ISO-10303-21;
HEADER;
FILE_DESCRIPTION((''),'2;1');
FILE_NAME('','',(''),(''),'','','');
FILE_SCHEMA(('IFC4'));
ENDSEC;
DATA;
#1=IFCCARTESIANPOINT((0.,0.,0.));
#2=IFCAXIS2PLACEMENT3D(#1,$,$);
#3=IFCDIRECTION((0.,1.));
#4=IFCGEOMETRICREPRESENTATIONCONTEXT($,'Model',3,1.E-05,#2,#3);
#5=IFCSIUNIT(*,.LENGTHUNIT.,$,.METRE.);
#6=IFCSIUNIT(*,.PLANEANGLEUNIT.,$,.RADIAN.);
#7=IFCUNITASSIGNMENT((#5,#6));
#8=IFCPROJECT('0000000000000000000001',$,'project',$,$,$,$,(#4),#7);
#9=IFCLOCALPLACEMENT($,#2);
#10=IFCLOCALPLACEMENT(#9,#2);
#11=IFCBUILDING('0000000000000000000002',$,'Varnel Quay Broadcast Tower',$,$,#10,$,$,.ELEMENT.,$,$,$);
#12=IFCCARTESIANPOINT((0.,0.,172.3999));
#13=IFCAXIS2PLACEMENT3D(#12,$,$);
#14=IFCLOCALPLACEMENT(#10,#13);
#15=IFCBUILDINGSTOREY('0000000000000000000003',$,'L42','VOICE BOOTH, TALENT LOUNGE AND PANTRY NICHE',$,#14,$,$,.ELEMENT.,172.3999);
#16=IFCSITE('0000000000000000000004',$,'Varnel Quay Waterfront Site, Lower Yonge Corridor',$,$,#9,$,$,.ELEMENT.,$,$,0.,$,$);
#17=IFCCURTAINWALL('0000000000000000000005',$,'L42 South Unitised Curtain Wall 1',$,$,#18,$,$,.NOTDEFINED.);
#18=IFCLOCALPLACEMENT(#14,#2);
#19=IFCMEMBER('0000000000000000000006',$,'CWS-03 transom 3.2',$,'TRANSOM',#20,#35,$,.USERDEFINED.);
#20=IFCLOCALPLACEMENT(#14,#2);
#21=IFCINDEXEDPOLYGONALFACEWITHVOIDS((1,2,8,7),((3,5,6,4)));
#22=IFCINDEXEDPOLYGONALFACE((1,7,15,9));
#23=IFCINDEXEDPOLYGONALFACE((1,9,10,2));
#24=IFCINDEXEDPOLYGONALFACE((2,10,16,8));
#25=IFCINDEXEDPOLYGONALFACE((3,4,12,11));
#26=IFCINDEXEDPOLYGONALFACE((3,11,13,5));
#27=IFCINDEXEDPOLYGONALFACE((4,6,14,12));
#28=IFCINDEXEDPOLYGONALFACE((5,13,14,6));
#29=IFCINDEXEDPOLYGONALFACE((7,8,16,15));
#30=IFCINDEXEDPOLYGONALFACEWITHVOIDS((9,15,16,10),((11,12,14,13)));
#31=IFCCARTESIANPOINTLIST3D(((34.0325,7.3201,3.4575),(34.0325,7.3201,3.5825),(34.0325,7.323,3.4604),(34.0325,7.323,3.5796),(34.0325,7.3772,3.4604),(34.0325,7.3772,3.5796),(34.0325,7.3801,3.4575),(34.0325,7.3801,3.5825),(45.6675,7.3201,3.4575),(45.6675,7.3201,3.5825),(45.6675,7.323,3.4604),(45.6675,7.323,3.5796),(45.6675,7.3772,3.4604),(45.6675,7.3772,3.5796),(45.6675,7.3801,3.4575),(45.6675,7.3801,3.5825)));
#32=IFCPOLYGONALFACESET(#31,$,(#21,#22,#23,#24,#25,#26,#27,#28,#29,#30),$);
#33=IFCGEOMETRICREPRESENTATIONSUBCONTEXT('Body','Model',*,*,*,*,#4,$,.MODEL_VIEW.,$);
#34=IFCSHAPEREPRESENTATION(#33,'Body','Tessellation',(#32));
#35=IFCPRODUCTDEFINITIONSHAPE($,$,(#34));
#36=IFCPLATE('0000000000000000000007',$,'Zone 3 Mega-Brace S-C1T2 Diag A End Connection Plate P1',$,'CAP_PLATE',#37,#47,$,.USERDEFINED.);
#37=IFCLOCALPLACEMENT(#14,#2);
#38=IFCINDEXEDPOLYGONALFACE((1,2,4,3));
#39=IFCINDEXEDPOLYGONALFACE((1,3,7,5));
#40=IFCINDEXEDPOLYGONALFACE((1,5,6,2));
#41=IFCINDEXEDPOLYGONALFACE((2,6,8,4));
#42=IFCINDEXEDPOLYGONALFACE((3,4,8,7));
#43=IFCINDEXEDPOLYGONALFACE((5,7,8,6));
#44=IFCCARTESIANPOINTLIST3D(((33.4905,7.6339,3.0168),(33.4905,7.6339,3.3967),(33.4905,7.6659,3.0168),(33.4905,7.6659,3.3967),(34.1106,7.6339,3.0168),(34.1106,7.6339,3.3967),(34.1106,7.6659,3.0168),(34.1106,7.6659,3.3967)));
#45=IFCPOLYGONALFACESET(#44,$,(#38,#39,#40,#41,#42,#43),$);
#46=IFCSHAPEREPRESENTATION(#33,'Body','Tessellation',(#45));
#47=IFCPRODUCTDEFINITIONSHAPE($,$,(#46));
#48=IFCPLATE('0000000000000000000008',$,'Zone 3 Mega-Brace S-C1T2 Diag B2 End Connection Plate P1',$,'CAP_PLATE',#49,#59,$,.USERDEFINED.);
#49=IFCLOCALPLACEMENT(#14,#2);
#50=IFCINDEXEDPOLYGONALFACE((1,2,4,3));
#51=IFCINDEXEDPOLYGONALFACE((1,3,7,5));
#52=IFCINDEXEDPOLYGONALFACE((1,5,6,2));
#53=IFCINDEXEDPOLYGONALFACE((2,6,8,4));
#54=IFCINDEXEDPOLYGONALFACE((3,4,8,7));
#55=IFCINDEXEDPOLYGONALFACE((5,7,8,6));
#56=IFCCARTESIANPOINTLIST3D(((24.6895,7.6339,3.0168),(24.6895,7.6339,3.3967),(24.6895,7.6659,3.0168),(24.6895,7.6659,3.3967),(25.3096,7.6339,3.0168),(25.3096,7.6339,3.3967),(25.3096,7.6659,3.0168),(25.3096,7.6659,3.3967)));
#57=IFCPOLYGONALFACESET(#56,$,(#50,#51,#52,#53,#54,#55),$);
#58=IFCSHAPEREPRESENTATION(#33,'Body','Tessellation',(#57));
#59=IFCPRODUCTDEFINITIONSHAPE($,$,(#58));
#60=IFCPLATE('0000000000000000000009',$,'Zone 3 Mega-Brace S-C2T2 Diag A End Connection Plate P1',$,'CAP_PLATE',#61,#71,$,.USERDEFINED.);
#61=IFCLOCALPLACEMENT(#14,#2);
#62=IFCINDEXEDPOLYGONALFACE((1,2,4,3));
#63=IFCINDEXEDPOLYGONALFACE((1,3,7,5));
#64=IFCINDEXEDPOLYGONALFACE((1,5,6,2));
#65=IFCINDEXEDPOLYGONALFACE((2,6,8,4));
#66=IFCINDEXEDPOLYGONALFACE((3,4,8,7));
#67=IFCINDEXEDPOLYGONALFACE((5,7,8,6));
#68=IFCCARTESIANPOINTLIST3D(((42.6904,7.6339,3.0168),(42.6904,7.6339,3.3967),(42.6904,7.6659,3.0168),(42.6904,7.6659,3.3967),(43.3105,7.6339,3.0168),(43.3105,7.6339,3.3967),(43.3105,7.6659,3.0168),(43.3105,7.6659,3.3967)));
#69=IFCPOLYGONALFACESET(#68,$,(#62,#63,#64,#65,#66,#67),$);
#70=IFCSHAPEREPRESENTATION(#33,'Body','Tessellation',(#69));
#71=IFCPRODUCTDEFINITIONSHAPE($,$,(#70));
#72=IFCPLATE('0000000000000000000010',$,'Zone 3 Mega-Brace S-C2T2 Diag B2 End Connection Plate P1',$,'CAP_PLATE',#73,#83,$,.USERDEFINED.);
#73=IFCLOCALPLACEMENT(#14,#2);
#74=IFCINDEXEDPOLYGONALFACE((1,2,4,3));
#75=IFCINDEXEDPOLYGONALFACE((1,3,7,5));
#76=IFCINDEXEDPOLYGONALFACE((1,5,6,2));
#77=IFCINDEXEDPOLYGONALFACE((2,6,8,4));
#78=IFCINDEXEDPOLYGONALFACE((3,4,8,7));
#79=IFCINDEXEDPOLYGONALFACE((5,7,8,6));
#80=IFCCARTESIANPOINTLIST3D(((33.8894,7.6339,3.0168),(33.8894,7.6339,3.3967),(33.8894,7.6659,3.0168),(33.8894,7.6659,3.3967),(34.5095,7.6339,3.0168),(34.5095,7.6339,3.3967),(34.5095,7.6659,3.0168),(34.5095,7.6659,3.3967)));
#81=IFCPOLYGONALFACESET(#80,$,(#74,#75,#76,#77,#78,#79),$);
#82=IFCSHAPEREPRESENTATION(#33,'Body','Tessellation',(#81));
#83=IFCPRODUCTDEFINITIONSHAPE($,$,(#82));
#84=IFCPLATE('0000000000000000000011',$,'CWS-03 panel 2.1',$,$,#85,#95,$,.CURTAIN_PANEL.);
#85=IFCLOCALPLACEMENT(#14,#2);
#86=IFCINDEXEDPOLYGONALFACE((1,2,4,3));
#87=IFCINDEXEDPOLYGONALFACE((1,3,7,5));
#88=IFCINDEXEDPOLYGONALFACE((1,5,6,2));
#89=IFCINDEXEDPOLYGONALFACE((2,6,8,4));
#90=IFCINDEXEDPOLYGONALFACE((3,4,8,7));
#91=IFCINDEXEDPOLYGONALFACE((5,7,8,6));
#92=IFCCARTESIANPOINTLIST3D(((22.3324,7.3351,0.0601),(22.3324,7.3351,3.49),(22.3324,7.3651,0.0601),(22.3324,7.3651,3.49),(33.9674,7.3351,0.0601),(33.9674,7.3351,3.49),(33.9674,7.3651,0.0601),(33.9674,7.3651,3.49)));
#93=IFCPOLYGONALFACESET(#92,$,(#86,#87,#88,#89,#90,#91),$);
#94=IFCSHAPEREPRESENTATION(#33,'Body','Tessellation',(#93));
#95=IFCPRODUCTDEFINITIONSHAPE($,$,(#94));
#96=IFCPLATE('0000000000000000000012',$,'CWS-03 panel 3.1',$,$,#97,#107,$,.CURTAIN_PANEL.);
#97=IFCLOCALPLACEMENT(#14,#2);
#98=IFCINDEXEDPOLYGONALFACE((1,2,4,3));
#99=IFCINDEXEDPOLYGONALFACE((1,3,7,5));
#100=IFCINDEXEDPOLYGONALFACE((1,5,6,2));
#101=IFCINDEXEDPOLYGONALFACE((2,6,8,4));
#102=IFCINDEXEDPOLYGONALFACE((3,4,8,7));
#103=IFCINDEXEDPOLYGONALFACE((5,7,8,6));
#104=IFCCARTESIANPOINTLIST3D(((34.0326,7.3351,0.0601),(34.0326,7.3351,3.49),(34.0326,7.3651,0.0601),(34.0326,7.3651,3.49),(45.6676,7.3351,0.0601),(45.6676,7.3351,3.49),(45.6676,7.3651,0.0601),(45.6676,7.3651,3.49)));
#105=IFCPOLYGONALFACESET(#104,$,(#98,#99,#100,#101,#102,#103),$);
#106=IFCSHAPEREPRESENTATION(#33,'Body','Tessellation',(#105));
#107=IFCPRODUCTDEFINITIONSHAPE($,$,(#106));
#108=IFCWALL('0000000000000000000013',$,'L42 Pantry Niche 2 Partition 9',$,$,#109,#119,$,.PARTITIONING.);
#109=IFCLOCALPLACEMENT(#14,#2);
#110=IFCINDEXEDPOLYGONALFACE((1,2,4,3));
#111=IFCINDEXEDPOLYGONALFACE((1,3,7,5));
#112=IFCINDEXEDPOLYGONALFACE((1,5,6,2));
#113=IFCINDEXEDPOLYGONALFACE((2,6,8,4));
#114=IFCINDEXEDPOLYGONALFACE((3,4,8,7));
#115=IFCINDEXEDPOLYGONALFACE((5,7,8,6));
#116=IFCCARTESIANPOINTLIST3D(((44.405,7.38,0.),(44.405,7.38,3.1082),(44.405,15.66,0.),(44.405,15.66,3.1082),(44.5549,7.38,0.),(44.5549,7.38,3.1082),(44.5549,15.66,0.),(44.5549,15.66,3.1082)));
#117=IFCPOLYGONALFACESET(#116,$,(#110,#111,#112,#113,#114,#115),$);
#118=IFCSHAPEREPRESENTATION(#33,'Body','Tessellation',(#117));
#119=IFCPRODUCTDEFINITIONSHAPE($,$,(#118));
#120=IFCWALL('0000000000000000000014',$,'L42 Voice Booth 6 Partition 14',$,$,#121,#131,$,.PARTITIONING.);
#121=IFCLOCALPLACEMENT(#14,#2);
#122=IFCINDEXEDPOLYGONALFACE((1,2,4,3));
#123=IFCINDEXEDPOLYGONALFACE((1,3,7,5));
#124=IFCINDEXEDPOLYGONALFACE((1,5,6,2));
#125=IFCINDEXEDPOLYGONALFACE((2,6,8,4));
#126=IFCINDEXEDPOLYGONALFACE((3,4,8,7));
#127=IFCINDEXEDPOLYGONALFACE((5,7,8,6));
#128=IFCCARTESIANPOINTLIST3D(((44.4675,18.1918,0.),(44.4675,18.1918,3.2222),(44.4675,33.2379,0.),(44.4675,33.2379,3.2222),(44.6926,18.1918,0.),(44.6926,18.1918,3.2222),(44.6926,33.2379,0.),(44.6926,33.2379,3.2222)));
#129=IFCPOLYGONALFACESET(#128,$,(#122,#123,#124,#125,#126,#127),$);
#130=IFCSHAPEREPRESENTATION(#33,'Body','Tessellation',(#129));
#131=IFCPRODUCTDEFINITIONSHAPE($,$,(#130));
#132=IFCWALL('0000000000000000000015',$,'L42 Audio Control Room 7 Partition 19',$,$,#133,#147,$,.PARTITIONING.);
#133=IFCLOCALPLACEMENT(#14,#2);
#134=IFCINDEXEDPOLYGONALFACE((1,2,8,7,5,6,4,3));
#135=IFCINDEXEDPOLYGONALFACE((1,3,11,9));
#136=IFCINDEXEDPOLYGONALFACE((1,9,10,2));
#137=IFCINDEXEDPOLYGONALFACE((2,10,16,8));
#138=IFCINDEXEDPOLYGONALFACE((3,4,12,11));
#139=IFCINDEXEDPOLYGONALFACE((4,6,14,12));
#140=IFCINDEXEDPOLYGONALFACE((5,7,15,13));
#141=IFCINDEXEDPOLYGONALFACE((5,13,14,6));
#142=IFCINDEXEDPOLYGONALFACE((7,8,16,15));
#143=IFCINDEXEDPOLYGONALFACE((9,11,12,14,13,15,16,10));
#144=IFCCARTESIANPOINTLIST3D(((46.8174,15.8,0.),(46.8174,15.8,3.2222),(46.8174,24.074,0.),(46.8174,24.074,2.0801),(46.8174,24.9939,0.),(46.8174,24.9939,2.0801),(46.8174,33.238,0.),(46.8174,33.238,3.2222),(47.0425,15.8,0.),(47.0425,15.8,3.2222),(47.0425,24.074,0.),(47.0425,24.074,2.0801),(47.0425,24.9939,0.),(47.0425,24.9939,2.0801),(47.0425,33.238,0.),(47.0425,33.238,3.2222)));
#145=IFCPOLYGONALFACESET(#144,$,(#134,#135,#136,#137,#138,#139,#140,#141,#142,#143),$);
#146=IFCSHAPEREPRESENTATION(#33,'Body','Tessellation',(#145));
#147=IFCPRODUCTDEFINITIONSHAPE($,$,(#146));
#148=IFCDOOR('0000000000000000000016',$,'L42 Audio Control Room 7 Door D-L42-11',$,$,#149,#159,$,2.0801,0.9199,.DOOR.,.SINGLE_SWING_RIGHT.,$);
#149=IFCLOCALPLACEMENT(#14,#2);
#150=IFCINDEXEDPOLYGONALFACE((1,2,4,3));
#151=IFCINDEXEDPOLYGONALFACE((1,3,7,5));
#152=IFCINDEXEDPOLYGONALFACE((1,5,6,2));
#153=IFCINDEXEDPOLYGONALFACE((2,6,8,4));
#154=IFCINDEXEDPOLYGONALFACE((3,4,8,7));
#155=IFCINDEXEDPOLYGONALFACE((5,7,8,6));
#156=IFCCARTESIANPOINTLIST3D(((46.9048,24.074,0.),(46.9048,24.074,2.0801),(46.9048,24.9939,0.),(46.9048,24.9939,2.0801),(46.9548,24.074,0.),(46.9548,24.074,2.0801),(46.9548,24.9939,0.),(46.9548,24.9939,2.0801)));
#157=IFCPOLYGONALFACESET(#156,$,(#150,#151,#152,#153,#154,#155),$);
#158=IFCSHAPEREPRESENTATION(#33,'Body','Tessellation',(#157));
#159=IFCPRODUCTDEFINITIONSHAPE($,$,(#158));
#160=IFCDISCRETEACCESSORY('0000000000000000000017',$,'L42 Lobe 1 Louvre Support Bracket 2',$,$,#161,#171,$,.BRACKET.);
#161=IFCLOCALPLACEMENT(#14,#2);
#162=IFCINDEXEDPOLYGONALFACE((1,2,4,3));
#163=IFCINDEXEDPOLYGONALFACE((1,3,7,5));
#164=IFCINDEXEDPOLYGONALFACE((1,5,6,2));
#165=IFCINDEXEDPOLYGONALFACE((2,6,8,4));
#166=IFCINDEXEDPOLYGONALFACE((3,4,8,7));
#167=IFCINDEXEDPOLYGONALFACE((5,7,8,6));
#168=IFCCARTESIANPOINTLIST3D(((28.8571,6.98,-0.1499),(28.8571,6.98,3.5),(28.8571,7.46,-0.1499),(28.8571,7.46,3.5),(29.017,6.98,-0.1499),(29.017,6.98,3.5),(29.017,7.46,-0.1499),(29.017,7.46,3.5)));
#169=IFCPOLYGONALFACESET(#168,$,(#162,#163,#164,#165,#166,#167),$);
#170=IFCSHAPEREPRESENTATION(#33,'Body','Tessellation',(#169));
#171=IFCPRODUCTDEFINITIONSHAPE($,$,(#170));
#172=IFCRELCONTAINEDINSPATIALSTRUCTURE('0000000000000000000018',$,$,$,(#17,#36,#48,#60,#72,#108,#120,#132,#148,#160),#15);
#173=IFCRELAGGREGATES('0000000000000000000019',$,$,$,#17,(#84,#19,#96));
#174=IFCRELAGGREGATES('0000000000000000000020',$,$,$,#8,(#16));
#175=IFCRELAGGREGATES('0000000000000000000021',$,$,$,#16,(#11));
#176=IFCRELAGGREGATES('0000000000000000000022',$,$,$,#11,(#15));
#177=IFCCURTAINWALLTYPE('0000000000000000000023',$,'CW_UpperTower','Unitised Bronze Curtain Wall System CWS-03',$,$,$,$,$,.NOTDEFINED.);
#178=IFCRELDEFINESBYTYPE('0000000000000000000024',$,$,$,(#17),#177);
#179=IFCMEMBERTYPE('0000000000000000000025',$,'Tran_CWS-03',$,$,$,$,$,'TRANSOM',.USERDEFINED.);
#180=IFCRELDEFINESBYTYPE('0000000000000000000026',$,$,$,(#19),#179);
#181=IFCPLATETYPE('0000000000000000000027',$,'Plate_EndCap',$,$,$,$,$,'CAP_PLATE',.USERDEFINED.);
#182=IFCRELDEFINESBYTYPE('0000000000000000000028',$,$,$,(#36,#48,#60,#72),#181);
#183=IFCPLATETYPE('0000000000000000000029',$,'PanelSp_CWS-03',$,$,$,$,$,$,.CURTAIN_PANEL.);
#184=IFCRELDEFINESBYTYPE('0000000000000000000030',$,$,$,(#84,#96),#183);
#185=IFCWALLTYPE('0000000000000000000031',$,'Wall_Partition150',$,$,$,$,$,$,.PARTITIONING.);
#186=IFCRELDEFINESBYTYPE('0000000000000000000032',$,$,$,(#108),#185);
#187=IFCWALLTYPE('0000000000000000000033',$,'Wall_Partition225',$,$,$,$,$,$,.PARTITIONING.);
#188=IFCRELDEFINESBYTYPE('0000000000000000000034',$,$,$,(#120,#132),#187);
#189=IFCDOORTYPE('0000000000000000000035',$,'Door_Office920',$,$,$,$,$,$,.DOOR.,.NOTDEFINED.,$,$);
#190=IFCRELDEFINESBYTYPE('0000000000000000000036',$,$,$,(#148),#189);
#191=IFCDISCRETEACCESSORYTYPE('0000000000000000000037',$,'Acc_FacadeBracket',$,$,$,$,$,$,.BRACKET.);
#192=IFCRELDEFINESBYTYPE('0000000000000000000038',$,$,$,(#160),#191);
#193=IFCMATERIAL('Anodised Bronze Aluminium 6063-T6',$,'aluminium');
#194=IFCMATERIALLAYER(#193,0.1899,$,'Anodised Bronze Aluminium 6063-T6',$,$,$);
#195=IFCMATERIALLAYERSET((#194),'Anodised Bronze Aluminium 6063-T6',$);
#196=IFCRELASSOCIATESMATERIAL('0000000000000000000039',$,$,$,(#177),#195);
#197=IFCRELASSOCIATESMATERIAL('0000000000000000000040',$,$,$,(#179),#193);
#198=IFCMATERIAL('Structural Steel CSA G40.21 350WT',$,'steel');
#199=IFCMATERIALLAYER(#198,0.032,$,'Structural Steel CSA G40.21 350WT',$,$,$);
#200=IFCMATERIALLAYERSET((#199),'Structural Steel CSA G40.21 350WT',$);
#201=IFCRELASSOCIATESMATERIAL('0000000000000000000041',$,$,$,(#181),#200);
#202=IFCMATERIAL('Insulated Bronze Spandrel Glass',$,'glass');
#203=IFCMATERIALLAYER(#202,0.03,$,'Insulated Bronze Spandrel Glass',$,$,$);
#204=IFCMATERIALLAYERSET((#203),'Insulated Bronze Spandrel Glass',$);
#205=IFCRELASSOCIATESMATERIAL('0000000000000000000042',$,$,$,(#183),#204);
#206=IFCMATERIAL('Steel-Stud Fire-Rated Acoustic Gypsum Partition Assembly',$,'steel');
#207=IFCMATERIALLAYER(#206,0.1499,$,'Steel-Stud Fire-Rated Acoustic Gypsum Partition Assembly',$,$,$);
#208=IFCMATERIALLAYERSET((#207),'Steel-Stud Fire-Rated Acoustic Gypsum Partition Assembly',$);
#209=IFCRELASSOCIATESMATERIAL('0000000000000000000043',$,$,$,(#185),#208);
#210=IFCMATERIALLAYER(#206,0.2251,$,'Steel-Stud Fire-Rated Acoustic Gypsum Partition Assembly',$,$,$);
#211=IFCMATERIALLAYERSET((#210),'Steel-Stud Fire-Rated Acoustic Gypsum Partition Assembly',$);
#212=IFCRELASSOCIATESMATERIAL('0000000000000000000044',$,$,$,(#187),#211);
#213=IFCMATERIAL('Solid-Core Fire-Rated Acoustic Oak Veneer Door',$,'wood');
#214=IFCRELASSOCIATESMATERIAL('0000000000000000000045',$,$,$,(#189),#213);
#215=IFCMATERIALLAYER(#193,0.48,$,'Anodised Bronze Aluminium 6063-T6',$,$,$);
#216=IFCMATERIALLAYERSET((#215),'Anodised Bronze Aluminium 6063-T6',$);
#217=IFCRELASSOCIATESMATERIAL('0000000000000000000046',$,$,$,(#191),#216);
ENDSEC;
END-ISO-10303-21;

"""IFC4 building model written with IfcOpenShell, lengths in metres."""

from ifc_helpers import new_model, si_unit, direction, frame, frame_2d, origin, origin_2d, place, context, subcontext, project, spatial, rectangle, hollow_rectangle, extrude, source, transform, mapped, material, layer, layer_set, material_profile, profile_set, type_object, type_shapes, element, fill, aggregate, save


model = new_model("IFC4")

# Units and contexts
model_context = context("Model", 3, precision=1e-05, world=origin(), true_north=direction((0.0, 1.0)))
body_context = subcontext(model_context, "Body", "Model", "MODEL_VIEW")
ifc_project = project(units=[si_unit("LENGTHUNIT", "METRE"), si_unit("PLANEANGLEUNIT", "RADIAN")], contexts=[model_context])

# Site, building, storey
site_placement = place(None, origin())
site = spatial("IfcSite", under=ifc_project, at=site_placement, Name="Varnel Quay Waterfront Site, Lower Yonge Corridor", CompositionType="ELEMENT", RefElevation=0.0)
building_placement = place(site_placement, origin())
building = spatial("IfcBuilding", under=site, at=building_placement, Name="Varnel Quay Broadcast Tower", CompositionType="ELEMENT")
storey_placement = place(building_placement, frame((0.0, 0.0, 172.3999)))
storey = spatial("IfcBuildingStorey", under=building, at=storey_placement, Name="L42", Description="VOICE BOOTH, TALENT LOUNGE AND PANTRY NICHE", CompositionType="ELEMENT", Elevation=172.3999)

# Curtain wall, member
ifc_material_1 = material(Name="Anodised Bronze Aluminium 6063-T6", Category="aluminium")
ifc_layer_1 = layer(ifc_material_1, 0.1899, Name="Anodised Bronze Aluminium 6063-T6")
ifc_layer_set_1 = layer_set([ifc_layer_1], Name="Anodised Bronze Aluminium 6063-T6")
curtain_wall_type = type_object("IfcCurtainWallType", Name="CW_UpperTower", Description="Unitised Bronze Curtain Wall System CWS-03", PredefinedType="NOTDEFINED", material=ifc_layer_set_1)
curtain_wall_placement = place(storey_placement, origin())
curtain_wall = element("IfcCurtainWall", 1, at=curtain_wall_placement, inside=storey, type_object=curtain_wall_type, Name="L42 South Unitised Curtain Wall 1", PredefinedType="NOTDEFINED")
ifc_material_profile_1 = material_profile(ifc_material_1, hollow_rectangle(XDim=0.0601, YDim=0.125, WallThickness=0.0029, at=origin_2d()), Name="ALU60X125X3")
ifc_profile_set_1 = profile_set([ifc_material_profile_1], Name="Anodised Bronze Aluminium 6063-T6")
member_type_1 = type_object("IfcMemberType", Name="Tran_CWS-03", ElementType="TRANSOM", PredefinedType="USERDEFINED", material=ifc_profile_set_1)
shared_shape_1 = source(origin(), body_context, "Body", "SweptSolid", [
    extrude(hollow_rectangle(XDim=0.0601, YDim=0.125, WallThickness=0.0029, at=origin_2d()), origin(), (0.0, 0.0, 1.0), 11.635),
])
member_1_placement = place(storey_placement, frame((34.0325, 7.3501, 3.52), z_axis=(1.0, 0.0, 0.0), x_axis=(0.0, 1.0, 0.0)))
member_1 = element("IfcMember", 2, at=member_1_placement, type_object=member_type_1, Name="CWS-03 transom 3.2", ObjectType="TRANSOM", PredefinedType="USERDEFINED", context=body_context, shape_type="MappedRepresentation", body=[
    mapped(shared_shape_1, transform((0.0, 0.0, 0.0), x_axis=(1.0, 0.0, 0.0), y_axis=(0.0, 1.0, 0.0), z_axis=(0.0, 0.0, 1.0), scale=1.0)),
])

# Plates
ifc_material_2 = material(Name="Structural Steel CSA G40.21 350WT", Category="steel")
ifc_layer_2 = layer(ifc_material_2, 0.032, Name="Structural Steel CSA G40.21 350WT")
ifc_layer_set_2 = layer_set([ifc_layer_2], Name="Structural Steel CSA G40.21 350WT")
plate_type_1 = type_object("IfcPlateType", Name="Plate_EndCap", ElementType="CAP_PLATE", PredefinedType="USERDEFINED", material=ifc_layer_set_2)
shared_shape_2 = source(origin(), body_context, "Body", "SweptSolid", [
    extrude(rectangle(XDim=0.6201, YDim=0.032, at=origin_2d()), origin(), (0.0, 0.0, 1.0), 0.3799),
])
type_shapes(plate_type_1, [shared_shape_2])
for number, where, z_axis, x_axis, name in (
    (3, (33.8005, 7.6499, 3.0168), (0.0, 0.0, 1.0), (1.0, 0.0, 0.0), "Zone 3 Mega-Brace S-C1T2 Diag A End Connection Plate P1"),
    (4, (24.9995, 7.6499, 3.0168), (0.0, 0.0, 1.0), (1.0, 0.0, 0.0), "Zone 3 Mega-Brace S-C1T2 Diag B2 End Connection Plate P1"),
    (5, (43.0005, 7.6499, 3.0168), (0.0, 0.0, 1.0), (1.0, 0.0, 0.0), "Zone 3 Mega-Brace S-C2T2 Diag A End Connection Plate P1"),
    (6, (34.1995, 7.6499, 3.0168), (0.0, 0.0, 1.0), (1.0, 0.0, 0.0), "Zone 3 Mega-Brace S-C2T2 Diag B2 End Connection Plate P1"),
):
    element("IfcPlate", number, at=place(storey_placement, frame(where, z_axis=z_axis, x_axis=x_axis)), inside=storey, type_object=plate_type_1, Name=name, ObjectType="CAP_PLATE", PredefinedType="USERDEFINED", context=body_context, shape_type="MappedRepresentation", body=[
        mapped(shared_shape_2, transform((0.0, 0.0, 0.0), x_axis=(1.0, 0.0, 0.0), y_axis=(0.0, 1.0, 0.0), z_axis=(0.0, 0.0, 1.0), scale=1.0)),
    ])

# Plates
ifc_material_3 = material(Name="Insulated Bronze Spandrel Glass", Category="glass")
ifc_layer_3 = layer(ifc_material_3, 0.03, Name="Insulated Bronze Spandrel Glass")
ifc_layer_set_3 = layer_set([ifc_layer_3], Name="Insulated Bronze Spandrel Glass")
plate_type_2 = type_object("IfcPlateType", Name="PanelSp_CWS-03", PredefinedType="CURTAIN_PANEL", material=ifc_layer_set_3)
shared_shape_3 = source(origin(), body_context, "Body", "SweptSolid", [
    extrude(rectangle(XDim=11.635, YDim=0.03, at=origin_2d()), origin(), (0.0, 0.0, 1.0), 3.4299),
])
type_shapes(plate_type_2, [shared_shape_3])
plate_1_placement = place(storey_placement, frame((28.1499, 7.3501, 0.0601), z_axis=(0.0, 0.0, 1.0), x_axis=(1.0, 0.0, 0.0)))
plate_1 = element("IfcPlate", 7, at=plate_1_placement, type_object=plate_type_2, Name="CWS-03 panel 2.1", PredefinedType="CURTAIN_PANEL", context=body_context, shape_type="MappedRepresentation", body=[
    mapped(shared_shape_3, transform((0.0, 0.0, 0.0), x_axis=(1.0, 0.0, 0.0), y_axis=(0.0, 1.0, 0.0), z_axis=(0.0, 0.0, 1.0), scale=1.0)),
])
plate_2_placement = place(storey_placement, frame((39.8501, 7.3501, 0.0601), z_axis=(0.0, 0.0, 1.0), x_axis=(1.0, 0.0, 0.0)))
plate_2 = element("IfcPlate", 8, at=plate_2_placement, type_object=plate_type_2, Name="CWS-03 panel 3.1", PredefinedType="CURTAIN_PANEL", context=body_context, shape_type="MappedRepresentation", body=[
    mapped(shared_shape_3, transform((0.0, 0.0, 0.0), x_axis=(1.0, 0.0, 0.0), y_axis=(0.0, 1.0, 0.0), z_axis=(0.0, 0.0, 1.0), scale=1.0)),
])
aggregate(curtain_wall, [plate_1, member_1, plate_2])

# Walls
ifc_material_4 = material(Name="Steel-Stud Fire-Rated Acoustic Gypsum Partition Assembly", Category="steel")
ifc_layer_4 = layer(ifc_material_4, 0.1499, Name="Steel-Stud Fire-Rated Acoustic Gypsum Partition Assembly")
ifc_layer_set_4 = layer_set([ifc_layer_4], Name="Steel-Stud Fire-Rated Acoustic Gypsum Partition Assembly")
wall_type_1 = type_object("IfcWallType", Name="Wall_Partition150", PredefinedType="PARTITIONING", material=ifc_layer_set_4)
wall_1_placement = place(storey_placement, frame((44.48, 7.3799, 0.0), z_axis=(0.0, 0.0, 1.0), x_axis=(0.0, 1.0, 0.0)))
element("IfcWall", 9, at=wall_1_placement, inside=storey, type_object=wall_type_1, Name="L42 Pantry Niche 2 Partition 9", PredefinedType="PARTITIONING", context=body_context, shape_type="SweptSolid", body=[
    extrude(rectangle(XDim=8.28, YDim=0.1499, at=frame_2d((4.1401, 0.0))), origin(), (0.0, 0.0, 1.0), 3.1082),
])
ifc_layer_5 = layer(ifc_material_4, 0.2251, Name="Steel-Stud Fire-Rated Acoustic Gypsum Partition Assembly")
ifc_layer_set_5 = layer_set([ifc_layer_5], Name="Steel-Stud Fire-Rated Acoustic Gypsum Partition Assembly")
wall_type_2 = type_object("IfcWallType", Name="Wall_Partition225", PredefinedType="PARTITIONING", material=ifc_layer_set_5)
wall_2_placement = place(storey_placement, frame((44.5801, 18.1919, 0.0), z_axis=(0.0, 0.0, 1.0), x_axis=(0.0, 1.0, 0.0)))
element("IfcWall", 10, at=wall_2_placement, inside=storey, type_object=wall_type_2, Name="L42 Voice Booth 6 Partition 14", PredefinedType="PARTITIONING", context=body_context, shape_type="SweptSolid", body=[
    extrude(rectangle(XDim=15.0461, YDim=0.2251, at=frame_2d((7.5229, 0.0))), origin(), (0.0, 0.0, 1.0), 3.2222),
])

# Wall, opening, door
wall_3_placement = place(storey_placement, frame((46.9299, 15.8, 0.0), z_axis=(0.0, 0.0, 1.0), x_axis=(0.0, 1.0, 0.0)))
wall_3 = element("IfcWall", 11, at=wall_3_placement, inside=storey, type_object=wall_type_2, Name="L42 Audio Control Room 7 Partition 19", PredefinedType="PARTITIONING", context=body_context, shape_type="SweptSolid", body=[
    extrude(rectangle(XDim=17.438, YDim=0.2251, at=frame_2d((8.719, 0.0))), origin(), (0.0, 0.0, 1.0), 3.2222),
])
opening_placement = place(wall_3_placement, frame((8.2739, 0.0, 0.0)))
opening = element("IfcOpeningElement", 12, at=opening_placement, cuts=wall_3, PredefinedType="OPENING", context=body_context, shape_type="SweptSolid", body=[
    extrude(rectangle(XDim=0.9199, YDim=2.0801, at=frame_2d((0.46, 1.04))), frame((0.0, 0.1226, 0.0), z_axis=(0.0, -1.0, 0.0), x_axis=(1.0, 0.0, 0.0)), (0.0, 0.0, 1.0), 0.2451),
])
ifc_material_5 = material(Name="Solid-Core Fire-Rated Acoustic Oak Veneer Door", Category="wood")
door_type = type_object("IfcDoorType", Name="Door_Office920", OperationType="NOTDEFINED", PredefinedType="DOOR", material=ifc_material_5)
shared_shape_4 = source(origin(), body_context, "Body", "SweptSolid", [
    extrude(rectangle(XDim=0.9199, YDim=2.0801, at=frame_2d((0.46, 1.04))), frame((0.0, 0.0249, 0.0), z_axis=(0.0, -1.0, 0.0), x_axis=(1.0, 0.0, 0.0)), (0.0, 0.0, 1.0), 0.05),
])
type_shapes(door_type, [shared_shape_4])
door_placement = place(opening_placement, frame((0.9199, 0.0, 0.0), z_axis=(0.0, 0.0, 1.0), x_axis=(-1.0, 0.0, 0.0)))
door = element("IfcDoor", 13, at=door_placement, inside=storey, type_object=door_type, Name="L42 Audio Control Room 7 Door D-L42-11", OperationType="SINGLE_SWING_RIGHT", OverallHeight=2.0801, OverallWidth=0.9199, PredefinedType="DOOR", context=body_context, shape_type="MappedRepresentation", body=[
    mapped(shared_shape_4, transform((0.0, 0.0, 0.0), x_axis=(1.0, 0.0, 0.0), y_axis=(0.0, 1.0, 0.0), z_axis=(0.0, 0.0, 1.0), scale=1.0)),
])
fill(opening, door)

# Discrete accessory
ifc_layer_6 = layer(ifc_material_1, 0.48, Name="Anodised Bronze Aluminium 6063-T6")
ifc_layer_set_6 = layer_set([ifc_layer_6], Name="Anodised Bronze Aluminium 6063-T6")
discrete_accessory_type = type_object("IfcDiscreteAccessoryType", Name="Acc_FacadeBracket", PredefinedType="BRACKET", material=ifc_layer_set_6)
shared_shape_5 = source(origin(), body_context, "Body", "SweptSolid", [
    extrude(rectangle(XDim=0.1599, YDim=0.48, at=origin_2d()), origin(), (0.0, 0.0, 1.0), 3.6499),
])
type_shapes(discrete_accessory_type, [shared_shape_5])
for number, where, z_axis, x_axis, name in (
    (14, (28.937, 7.22, -0.1499), (0.0, 0.0, 1.0), (1.0, 0.0, 0.0), "L42 Lobe 1 Louvre Support Bracket 2"),
):
    element("IfcDiscreteAccessory", number, at=place(storey_placement, frame(where, z_axis=z_axis, x_axis=x_axis)), inside=storey, type_object=discrete_accessory_type, Name=name, PredefinedType="BRACKET", context=body_context, shape_type="MappedRepresentation", body=[
        mapped(shared_shape_5, transform((0.0, 0.0, 0.0), x_axis=(1.0, 0.0, 0.0), y_axis=(0.0, 1.0, 0.0), z_axis=(0.0, 0.0, 1.0), scale=1.0)),
    ])

save(model, "model.ifc")
